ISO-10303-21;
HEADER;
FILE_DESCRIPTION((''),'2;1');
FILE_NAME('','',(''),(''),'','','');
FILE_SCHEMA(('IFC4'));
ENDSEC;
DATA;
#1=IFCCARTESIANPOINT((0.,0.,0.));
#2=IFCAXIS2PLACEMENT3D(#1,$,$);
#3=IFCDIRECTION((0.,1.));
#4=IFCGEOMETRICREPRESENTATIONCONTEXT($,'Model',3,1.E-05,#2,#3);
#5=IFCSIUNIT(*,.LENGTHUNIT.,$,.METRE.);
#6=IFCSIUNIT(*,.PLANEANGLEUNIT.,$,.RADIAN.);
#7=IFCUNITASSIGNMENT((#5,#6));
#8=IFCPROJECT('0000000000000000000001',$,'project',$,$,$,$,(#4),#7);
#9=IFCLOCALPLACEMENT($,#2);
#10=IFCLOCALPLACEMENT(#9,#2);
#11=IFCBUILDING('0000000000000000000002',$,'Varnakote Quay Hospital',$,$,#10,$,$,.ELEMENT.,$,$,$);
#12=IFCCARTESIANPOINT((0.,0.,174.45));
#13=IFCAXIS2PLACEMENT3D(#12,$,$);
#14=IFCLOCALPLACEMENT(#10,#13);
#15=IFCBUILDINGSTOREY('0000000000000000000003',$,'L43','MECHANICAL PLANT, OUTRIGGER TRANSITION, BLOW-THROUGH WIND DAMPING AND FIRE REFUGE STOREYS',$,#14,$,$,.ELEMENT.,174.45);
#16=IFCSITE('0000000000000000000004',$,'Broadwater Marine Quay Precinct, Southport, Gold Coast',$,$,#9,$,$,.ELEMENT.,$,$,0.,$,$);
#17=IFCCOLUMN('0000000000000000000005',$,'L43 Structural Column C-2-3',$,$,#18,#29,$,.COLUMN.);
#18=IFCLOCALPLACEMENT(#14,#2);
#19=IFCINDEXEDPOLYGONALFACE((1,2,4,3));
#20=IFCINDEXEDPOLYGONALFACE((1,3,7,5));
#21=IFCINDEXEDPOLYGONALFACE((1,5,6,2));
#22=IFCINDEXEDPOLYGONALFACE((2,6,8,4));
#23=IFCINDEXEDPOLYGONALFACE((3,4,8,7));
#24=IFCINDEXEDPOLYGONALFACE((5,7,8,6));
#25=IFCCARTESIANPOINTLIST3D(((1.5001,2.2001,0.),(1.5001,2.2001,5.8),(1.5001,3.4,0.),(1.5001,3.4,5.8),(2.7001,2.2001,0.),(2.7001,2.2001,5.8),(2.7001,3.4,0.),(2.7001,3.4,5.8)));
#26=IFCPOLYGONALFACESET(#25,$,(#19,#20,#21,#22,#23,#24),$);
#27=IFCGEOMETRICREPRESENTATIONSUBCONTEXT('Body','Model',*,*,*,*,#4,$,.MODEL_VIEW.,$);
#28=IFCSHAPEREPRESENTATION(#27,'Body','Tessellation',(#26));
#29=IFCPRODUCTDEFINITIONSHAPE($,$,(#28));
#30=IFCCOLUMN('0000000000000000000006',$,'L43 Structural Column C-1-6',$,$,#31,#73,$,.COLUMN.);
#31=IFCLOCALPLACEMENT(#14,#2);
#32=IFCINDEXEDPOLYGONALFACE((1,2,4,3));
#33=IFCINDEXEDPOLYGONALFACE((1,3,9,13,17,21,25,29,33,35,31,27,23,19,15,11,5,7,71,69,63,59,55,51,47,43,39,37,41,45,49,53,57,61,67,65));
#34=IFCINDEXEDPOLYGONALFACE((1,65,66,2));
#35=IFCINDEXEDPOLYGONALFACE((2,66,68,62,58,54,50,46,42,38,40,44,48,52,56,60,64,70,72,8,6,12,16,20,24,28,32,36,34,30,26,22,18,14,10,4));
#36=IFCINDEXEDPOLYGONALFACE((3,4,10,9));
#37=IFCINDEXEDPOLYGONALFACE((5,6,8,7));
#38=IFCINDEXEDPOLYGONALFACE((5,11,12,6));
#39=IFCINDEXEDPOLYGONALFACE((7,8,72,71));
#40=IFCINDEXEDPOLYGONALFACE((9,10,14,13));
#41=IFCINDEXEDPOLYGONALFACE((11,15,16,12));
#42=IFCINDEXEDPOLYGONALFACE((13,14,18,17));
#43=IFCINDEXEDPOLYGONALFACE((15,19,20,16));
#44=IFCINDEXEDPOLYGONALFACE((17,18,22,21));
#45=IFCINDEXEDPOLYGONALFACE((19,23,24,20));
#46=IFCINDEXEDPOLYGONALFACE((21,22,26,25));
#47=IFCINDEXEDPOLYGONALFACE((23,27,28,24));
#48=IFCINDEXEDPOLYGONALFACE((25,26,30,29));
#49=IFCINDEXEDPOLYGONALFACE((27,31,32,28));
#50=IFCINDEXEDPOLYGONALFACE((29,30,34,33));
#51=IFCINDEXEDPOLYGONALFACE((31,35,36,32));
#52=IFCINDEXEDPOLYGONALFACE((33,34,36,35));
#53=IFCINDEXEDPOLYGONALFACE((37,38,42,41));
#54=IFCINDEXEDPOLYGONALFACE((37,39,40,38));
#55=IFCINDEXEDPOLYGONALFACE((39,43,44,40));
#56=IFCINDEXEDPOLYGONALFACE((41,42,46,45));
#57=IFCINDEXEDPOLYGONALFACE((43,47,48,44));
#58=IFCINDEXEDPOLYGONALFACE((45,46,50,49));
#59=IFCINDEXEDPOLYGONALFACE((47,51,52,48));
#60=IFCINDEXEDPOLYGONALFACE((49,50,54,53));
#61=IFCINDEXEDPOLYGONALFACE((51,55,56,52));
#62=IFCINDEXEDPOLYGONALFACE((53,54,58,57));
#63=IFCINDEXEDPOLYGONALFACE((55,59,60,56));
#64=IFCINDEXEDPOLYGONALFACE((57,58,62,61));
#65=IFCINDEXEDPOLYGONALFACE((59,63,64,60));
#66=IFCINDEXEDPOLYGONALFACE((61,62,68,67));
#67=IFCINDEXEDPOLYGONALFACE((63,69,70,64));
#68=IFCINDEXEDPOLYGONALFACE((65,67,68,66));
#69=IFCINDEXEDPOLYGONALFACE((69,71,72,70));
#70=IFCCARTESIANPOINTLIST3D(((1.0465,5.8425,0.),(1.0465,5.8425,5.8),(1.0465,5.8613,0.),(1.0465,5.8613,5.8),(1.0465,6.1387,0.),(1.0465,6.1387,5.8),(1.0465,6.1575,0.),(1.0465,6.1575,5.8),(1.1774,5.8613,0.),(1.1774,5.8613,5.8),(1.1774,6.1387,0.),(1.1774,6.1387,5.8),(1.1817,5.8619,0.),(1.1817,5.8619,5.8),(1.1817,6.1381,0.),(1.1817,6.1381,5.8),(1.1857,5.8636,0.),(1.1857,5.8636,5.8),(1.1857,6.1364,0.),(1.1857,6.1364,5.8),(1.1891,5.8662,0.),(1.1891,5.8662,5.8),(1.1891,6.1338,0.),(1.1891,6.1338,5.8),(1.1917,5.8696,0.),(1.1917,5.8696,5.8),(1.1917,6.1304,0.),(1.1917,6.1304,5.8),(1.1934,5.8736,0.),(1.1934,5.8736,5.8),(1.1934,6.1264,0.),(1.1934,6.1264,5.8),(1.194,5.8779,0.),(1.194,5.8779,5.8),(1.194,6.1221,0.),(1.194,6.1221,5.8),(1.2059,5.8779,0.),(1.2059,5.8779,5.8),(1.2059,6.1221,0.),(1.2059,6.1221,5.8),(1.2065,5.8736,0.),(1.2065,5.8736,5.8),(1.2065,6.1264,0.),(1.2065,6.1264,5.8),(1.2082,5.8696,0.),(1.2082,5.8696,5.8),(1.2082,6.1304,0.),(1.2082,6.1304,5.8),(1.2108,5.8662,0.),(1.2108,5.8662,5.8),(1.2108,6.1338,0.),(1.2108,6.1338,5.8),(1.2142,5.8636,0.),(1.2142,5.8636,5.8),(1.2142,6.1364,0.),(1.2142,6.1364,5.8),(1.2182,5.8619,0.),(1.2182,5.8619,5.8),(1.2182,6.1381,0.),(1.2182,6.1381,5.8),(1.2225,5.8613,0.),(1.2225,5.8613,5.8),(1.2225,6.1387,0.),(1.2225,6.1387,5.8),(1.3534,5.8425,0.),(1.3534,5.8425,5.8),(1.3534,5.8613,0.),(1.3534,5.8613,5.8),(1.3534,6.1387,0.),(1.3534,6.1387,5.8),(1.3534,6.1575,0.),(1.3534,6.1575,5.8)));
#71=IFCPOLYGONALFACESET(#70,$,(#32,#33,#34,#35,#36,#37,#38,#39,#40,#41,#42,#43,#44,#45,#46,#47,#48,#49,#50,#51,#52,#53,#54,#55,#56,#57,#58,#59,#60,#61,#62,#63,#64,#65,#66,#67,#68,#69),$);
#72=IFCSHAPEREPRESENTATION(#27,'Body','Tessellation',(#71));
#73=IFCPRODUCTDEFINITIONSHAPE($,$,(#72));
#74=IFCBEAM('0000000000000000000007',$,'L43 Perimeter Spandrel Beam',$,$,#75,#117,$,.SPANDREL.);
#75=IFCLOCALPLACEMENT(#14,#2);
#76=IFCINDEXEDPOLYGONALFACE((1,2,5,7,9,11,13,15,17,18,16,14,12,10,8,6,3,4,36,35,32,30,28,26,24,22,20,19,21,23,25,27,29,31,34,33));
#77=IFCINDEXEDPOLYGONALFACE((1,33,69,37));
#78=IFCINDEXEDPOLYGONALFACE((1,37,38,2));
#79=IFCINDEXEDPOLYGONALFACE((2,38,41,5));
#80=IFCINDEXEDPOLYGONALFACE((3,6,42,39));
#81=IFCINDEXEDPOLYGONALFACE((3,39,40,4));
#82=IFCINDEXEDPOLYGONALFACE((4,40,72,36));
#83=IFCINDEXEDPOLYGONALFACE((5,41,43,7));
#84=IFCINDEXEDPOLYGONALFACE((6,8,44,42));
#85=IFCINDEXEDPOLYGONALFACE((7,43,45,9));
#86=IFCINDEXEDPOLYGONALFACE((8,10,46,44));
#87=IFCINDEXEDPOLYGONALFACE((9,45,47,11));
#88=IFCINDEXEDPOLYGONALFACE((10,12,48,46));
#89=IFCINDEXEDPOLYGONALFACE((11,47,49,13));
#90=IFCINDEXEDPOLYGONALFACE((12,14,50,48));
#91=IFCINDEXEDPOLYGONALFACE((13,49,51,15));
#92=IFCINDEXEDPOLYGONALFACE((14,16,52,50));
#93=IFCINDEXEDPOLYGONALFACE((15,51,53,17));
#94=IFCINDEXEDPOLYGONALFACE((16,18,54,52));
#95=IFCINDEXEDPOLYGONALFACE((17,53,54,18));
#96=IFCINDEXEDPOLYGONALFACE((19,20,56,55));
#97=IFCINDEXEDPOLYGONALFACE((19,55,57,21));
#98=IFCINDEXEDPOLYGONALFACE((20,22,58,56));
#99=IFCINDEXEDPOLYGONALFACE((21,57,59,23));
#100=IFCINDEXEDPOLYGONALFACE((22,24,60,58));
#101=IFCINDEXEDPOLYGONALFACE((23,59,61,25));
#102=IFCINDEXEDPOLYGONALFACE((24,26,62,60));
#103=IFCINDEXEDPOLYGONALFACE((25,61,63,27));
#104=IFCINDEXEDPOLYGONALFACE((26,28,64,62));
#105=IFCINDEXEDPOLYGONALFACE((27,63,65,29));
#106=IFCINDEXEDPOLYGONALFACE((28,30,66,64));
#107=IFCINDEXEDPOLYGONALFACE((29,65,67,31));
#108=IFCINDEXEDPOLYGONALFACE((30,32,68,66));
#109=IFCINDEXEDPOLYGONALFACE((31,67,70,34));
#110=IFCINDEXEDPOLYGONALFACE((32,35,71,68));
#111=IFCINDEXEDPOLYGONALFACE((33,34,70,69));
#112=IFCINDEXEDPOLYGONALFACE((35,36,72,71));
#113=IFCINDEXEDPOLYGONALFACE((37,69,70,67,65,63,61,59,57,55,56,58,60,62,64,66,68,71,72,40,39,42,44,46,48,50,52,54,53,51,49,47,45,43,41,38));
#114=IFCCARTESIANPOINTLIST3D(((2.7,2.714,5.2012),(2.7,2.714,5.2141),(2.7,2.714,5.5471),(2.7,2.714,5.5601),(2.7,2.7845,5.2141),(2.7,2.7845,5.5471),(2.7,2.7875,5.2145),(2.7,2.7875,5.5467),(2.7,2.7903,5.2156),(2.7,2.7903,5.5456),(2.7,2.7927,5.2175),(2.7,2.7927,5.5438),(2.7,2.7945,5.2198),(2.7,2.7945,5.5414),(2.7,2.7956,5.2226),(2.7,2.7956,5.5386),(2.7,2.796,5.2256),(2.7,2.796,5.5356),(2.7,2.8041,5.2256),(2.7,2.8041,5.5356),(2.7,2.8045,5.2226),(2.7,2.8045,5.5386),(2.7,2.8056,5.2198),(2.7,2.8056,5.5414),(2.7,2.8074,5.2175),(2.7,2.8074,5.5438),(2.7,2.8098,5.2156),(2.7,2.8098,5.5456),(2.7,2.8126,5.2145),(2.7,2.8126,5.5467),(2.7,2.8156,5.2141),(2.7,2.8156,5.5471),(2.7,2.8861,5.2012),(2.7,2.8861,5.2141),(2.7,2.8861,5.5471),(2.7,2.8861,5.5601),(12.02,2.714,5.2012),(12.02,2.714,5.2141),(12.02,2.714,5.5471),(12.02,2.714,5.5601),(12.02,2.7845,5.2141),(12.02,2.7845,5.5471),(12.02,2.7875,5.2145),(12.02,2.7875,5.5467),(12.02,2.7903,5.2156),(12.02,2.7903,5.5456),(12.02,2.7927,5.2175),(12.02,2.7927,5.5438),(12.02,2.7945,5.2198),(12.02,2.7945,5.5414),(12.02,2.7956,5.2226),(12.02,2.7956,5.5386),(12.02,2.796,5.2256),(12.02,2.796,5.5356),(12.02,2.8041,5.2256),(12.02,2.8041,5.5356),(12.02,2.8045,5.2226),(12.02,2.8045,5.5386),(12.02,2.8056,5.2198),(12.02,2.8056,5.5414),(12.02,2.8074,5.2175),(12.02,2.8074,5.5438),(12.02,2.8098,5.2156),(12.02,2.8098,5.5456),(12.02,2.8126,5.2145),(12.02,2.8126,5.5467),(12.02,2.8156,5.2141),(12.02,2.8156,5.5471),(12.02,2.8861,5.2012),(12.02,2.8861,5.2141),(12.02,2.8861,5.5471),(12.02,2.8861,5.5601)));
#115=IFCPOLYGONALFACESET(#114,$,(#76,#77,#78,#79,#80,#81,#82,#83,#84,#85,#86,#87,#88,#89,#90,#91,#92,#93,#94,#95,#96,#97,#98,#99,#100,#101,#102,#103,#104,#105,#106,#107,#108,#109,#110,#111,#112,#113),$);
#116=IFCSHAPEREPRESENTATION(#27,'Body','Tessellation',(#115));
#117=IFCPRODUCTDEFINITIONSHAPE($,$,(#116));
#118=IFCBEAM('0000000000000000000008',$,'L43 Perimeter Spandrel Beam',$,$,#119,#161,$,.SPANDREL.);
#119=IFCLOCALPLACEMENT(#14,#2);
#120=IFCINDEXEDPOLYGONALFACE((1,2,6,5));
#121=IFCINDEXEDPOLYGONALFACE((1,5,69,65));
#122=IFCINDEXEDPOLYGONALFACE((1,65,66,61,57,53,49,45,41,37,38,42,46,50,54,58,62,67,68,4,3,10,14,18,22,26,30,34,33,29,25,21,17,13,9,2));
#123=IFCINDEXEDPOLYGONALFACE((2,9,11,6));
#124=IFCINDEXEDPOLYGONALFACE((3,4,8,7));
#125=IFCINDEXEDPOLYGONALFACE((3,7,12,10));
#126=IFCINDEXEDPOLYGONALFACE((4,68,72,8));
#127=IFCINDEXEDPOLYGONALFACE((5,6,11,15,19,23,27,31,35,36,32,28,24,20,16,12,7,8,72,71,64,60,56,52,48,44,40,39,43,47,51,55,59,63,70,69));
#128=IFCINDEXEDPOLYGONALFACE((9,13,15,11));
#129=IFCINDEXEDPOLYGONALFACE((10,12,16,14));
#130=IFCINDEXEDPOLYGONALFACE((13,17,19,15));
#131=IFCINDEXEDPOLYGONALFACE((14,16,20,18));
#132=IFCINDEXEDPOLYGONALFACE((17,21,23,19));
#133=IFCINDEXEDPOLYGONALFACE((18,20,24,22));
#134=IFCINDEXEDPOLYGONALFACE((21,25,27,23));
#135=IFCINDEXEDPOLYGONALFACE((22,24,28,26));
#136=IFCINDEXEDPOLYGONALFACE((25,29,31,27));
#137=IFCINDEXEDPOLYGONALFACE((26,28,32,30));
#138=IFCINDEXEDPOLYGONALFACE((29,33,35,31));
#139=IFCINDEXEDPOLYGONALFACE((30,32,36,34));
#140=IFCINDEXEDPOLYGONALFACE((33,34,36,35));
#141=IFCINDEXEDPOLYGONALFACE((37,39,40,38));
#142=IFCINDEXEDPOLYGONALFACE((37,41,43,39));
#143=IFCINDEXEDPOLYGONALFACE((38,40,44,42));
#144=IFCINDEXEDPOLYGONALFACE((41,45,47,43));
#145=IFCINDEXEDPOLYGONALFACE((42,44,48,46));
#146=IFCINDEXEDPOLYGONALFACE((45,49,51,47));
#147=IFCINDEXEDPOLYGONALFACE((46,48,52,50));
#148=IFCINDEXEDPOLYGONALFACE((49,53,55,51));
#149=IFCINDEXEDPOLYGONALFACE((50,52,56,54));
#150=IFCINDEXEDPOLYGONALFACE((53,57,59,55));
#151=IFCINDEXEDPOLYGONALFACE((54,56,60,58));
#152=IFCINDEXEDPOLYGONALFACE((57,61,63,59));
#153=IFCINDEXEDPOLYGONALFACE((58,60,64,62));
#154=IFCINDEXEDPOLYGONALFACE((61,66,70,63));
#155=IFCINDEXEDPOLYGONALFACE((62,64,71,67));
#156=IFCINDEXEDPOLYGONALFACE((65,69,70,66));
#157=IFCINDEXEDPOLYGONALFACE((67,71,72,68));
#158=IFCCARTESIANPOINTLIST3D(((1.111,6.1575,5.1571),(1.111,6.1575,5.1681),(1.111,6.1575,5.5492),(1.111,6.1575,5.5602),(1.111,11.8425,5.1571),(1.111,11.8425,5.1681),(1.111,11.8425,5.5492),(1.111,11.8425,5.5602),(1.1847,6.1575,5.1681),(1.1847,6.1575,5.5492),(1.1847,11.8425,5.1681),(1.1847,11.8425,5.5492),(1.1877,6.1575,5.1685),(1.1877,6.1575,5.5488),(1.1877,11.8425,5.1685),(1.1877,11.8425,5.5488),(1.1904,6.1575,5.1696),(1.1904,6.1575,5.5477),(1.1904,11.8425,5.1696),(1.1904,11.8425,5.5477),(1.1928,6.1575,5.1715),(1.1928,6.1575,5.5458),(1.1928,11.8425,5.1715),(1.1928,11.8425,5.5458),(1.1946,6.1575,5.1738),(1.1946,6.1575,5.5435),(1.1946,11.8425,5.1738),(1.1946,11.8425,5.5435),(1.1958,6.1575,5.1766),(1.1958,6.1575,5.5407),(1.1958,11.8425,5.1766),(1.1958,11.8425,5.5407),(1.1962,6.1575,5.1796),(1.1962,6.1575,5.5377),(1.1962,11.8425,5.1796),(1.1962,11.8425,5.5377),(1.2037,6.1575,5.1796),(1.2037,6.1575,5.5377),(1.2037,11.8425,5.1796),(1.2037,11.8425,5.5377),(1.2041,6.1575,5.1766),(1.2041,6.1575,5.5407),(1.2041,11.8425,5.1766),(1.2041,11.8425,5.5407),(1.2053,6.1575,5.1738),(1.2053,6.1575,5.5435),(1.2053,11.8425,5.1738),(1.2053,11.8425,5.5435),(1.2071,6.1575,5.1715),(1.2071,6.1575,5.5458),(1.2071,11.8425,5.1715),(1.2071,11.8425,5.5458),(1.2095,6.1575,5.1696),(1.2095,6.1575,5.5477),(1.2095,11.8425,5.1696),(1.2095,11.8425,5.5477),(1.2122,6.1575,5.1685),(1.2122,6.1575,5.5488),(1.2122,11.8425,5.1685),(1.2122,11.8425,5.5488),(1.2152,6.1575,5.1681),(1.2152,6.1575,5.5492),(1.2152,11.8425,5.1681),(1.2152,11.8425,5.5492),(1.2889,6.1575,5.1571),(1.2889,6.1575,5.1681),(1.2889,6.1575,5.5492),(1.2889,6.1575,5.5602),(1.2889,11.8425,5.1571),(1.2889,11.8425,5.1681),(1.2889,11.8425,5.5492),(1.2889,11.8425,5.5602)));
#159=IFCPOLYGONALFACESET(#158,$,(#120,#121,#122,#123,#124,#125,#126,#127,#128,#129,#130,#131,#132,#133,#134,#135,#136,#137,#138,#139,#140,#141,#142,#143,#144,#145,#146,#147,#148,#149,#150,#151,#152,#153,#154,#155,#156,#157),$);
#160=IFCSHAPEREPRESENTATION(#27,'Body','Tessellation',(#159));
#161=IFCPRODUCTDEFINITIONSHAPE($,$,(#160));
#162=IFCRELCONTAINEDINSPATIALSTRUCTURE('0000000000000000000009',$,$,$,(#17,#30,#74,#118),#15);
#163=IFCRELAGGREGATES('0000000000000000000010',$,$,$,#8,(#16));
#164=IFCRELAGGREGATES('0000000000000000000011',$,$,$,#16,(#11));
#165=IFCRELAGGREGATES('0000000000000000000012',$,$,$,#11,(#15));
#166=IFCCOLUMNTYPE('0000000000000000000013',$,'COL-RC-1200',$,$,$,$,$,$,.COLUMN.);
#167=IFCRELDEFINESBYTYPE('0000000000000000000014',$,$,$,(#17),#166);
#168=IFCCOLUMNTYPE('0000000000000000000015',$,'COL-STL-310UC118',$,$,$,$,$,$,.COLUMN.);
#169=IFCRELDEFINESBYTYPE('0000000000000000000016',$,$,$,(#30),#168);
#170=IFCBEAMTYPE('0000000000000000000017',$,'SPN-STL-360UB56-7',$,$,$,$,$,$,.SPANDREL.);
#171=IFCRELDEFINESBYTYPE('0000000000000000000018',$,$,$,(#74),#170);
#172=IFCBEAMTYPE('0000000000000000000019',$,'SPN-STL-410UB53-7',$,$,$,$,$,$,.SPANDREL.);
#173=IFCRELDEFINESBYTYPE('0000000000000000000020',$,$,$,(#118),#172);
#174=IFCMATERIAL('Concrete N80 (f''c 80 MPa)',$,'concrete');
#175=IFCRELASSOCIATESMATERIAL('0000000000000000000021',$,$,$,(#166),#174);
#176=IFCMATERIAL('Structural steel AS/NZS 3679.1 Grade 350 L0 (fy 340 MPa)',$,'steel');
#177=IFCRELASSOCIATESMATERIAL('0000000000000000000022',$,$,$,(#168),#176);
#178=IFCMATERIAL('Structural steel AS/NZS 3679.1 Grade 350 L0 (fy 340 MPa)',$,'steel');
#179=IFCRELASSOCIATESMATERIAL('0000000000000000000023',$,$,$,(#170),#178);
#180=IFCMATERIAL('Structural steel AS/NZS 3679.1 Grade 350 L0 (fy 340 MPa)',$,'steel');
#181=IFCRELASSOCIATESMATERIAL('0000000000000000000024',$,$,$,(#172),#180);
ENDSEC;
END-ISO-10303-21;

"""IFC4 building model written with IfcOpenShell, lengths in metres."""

from ifc_helpers import new_model, si_unit, direction, frame, origin, origin_2d, place, context, subcontext, project, spatial, rectangle, i_section, extrude, material, material_profile, profile_set, type_object, element, save


model = new_model("IFC4")

# Units and contexts
model_context = context("Model", 3, precision=1e-05, world=origin(), true_north=direction((0.0, 1.0)))
body_context = subcontext(model_context, "Body", "Model", "MODEL_VIEW")
ifc_project = project(units=[si_unit("LENGTHUNIT", "METRE"), si_unit("PLANEANGLEUNIT", "RADIAN")], contexts=[model_context])

# Site, building, storey
site_placement = place(None, origin())
site = spatial("IfcSite", under=ifc_project, at=site_placement, Name="Broadwater Marine Quay Precinct, Southport, Gold Coast", CompositionType="ELEMENT", RefElevation=0.0)
building_placement = place(site_placement, origin())
building = spatial("IfcBuilding", under=site, at=building_placement, Name="Varnakote Quay Hospital", CompositionType="ELEMENT")
storey_placement = place(building_placement, frame((0.0, 0.0, 174.45)))
storey = spatial("IfcBuildingStorey", under=building, at=storey_placement, Name="L43", Description="MECHANICAL PLANT, OUTRIGGER TRANSITION, BLOW-THROUGH WIND DAMPING AND FIRE REFUGE STOREYS", CompositionType="ELEMENT", Elevation=174.45)

# Columns
ifc_material_1 = material(Name="Concrete N80 (f'c 80 MPa)", Category="concrete")
ifc_material_profile_1 = material_profile(ifc_material_1, rectangle(XDim=1.2, YDim=1.2, at=origin_2d()), Name="RC-COL-1200x1200")
ifc_profile_set_1 = profile_set([ifc_material_profile_1], Name="Concrete N80 (f'c 80 MPa)")
column_type_1 = type_object("IfcColumnType", Name="COL-RC-1200", PredefinedType="COLUMN", material=ifc_profile_set_1)
column_1_placement = place(storey_placement, frame((2.1001, 2.8, 0.0), z_axis=(0.0, 0.0, 1.0), x_axis=(1.0, 0.0, 0.0)))
element("IfcColumn", 1, at=column_1_placement, inside=storey, type_object=column_type_1, Name="L43 Structural Column C-2-3", PredefinedType="COLUMN", context=body_context, shape_type="SweptSolid", body=[
    extrude(rectangle(XDim=1.2, YDim=1.2, at=origin_2d()), origin(), (0.0, 0.0, 1.0), 5.8),
])
ifc_material_2 = material(Name="Structural steel AS/NZS 3679.1 Grade 350 L0 (fy 340 MPa)", Category="steel")
ifc_material_profile_2 = material_profile(ifc_material_2, i_section(OverallWidth=0.3069, OverallDepth=0.3149, WebThickness=0.012, FlangeThickness=0.0188, FilletRadius=0.0166, at=origin_2d()), Name="310UC118")
ifc_profile_set_2 = profile_set([ifc_material_profile_2], Name="Structural steel AS/NZS 3679.1 Grade 350 L0 (fy 340 MPa)")
column_type_2 = type_object("IfcColumnType", Name="COL-STL-310UC118", PredefinedType="COLUMN", material=ifc_profile_set_2)
column_2_placement = place(storey_placement, frame((1.2, 6.0, 0.0), z_axis=(0.0, 0.0, 1.0), x_axis=(1.0, 0.0, 0.0)))
element("IfcColumn", 2, at=column_2_placement, inside=storey, type_object=column_type_2, Name="L43 Structural Column C-1-6", PredefinedType="COLUMN", context=body_context, shape_type="SweptSolid", body=[
    extrude(i_section(OverallWidth=0.3069, OverallDepth=0.3149, WebThickness=0.012, FlangeThickness=0.0188, FilletRadius=0.0166, at=origin_2d()), origin(), (0.0, 0.0, 1.0), 5.8),
])

# Beams
ifc_material_3 = material(Name="Structural steel AS/NZS 3679.1 Grade 350 L0 (fy 340 MPa)", Category="steel")
ifc_material_profile_3 = material_profile(ifc_material_3, i_section(OverallWidth=0.1721, OverallDepth=0.3589, WebThickness=0.0081, FlangeThickness=0.0129, FilletRadius=0.0115, at=origin_2d()), Name="360UB56.7")
ifc_profile_set_3 = profile_set([ifc_material_profile_3], Name="Structural steel AS/NZS 3679.1 Grade 350 L0 (fy 340 MPa)")
beam_type_1 = type_object("IfcBeamType", Name="SPN-STL-360UB56-7", PredefinedType="SPANDREL", material=ifc_profile_set_3)
beam_1_placement = place(storey_placement, frame((2.7, 2.8, 5.3806), z_axis=(1.0, 0.0, 0.0), x_axis=(0.0, 1.0, 0.0)))
element("IfcBeam", 3, at=beam_1_placement, inside=storey, type_object=beam_type_1, Name="L43 Perimeter Spandrel Beam", PredefinedType="SPANDREL", context=body_context, shape_type="SweptSolid", body=[
    extrude(i_section(OverallWidth=0.1721, OverallDepth=0.3589, WebThickness=0.0081, FlangeThickness=0.0129, FilletRadius=0.0115, at=origin_2d()), origin(), (0.0, 0.0, 1.0), 9.3201),
])
ifc_material_4 = material(Name="Structural steel AS/NZS 3679.1 Grade 350 L0 (fy 340 MPa)", Category="steel")
ifc_material_profile_4 = material_profile(ifc_material_4, i_section(OverallWidth=0.178, OverallDepth=0.4031, WebThickness=0.0076, FlangeThickness=0.011, FilletRadius=0.0115, at=origin_2d()), Name="410UB53.7")
ifc_profile_set_4 = profile_set([ifc_material_profile_4], Name="Structural steel AS/NZS 3679.1 Grade 350 L0 (fy 340 MPa)")
beam_type_2 = type_object("IfcBeamType", Name="SPN-STL-410UB53-7", PredefinedType="SPANDREL", material=ifc_profile_set_4)
beam_2_placement = place(storey_placement, frame((1.2, 6.1575, 5.3586), z_axis=(0.0, 1.0, 0.0), x_axis=(-1.0, 0.0, 0.0)))
element("IfcBeam", 4, at=beam_2_placement, inside=storey, type_object=beam_type_2, Name="L43 Perimeter Spandrel Beam", PredefinedType="SPANDREL", context=body_context, shape_type="SweptSolid", body=[
    extrude(i_section(OverallWidth=0.178, OverallDepth=0.4031, WebThickness=0.0076, FlangeThickness=0.011, FilletRadius=0.0115, at=origin_2d()), origin(), (0.0, 0.0, 1.0), 5.6851),
])

save(model, "model.ifc")
